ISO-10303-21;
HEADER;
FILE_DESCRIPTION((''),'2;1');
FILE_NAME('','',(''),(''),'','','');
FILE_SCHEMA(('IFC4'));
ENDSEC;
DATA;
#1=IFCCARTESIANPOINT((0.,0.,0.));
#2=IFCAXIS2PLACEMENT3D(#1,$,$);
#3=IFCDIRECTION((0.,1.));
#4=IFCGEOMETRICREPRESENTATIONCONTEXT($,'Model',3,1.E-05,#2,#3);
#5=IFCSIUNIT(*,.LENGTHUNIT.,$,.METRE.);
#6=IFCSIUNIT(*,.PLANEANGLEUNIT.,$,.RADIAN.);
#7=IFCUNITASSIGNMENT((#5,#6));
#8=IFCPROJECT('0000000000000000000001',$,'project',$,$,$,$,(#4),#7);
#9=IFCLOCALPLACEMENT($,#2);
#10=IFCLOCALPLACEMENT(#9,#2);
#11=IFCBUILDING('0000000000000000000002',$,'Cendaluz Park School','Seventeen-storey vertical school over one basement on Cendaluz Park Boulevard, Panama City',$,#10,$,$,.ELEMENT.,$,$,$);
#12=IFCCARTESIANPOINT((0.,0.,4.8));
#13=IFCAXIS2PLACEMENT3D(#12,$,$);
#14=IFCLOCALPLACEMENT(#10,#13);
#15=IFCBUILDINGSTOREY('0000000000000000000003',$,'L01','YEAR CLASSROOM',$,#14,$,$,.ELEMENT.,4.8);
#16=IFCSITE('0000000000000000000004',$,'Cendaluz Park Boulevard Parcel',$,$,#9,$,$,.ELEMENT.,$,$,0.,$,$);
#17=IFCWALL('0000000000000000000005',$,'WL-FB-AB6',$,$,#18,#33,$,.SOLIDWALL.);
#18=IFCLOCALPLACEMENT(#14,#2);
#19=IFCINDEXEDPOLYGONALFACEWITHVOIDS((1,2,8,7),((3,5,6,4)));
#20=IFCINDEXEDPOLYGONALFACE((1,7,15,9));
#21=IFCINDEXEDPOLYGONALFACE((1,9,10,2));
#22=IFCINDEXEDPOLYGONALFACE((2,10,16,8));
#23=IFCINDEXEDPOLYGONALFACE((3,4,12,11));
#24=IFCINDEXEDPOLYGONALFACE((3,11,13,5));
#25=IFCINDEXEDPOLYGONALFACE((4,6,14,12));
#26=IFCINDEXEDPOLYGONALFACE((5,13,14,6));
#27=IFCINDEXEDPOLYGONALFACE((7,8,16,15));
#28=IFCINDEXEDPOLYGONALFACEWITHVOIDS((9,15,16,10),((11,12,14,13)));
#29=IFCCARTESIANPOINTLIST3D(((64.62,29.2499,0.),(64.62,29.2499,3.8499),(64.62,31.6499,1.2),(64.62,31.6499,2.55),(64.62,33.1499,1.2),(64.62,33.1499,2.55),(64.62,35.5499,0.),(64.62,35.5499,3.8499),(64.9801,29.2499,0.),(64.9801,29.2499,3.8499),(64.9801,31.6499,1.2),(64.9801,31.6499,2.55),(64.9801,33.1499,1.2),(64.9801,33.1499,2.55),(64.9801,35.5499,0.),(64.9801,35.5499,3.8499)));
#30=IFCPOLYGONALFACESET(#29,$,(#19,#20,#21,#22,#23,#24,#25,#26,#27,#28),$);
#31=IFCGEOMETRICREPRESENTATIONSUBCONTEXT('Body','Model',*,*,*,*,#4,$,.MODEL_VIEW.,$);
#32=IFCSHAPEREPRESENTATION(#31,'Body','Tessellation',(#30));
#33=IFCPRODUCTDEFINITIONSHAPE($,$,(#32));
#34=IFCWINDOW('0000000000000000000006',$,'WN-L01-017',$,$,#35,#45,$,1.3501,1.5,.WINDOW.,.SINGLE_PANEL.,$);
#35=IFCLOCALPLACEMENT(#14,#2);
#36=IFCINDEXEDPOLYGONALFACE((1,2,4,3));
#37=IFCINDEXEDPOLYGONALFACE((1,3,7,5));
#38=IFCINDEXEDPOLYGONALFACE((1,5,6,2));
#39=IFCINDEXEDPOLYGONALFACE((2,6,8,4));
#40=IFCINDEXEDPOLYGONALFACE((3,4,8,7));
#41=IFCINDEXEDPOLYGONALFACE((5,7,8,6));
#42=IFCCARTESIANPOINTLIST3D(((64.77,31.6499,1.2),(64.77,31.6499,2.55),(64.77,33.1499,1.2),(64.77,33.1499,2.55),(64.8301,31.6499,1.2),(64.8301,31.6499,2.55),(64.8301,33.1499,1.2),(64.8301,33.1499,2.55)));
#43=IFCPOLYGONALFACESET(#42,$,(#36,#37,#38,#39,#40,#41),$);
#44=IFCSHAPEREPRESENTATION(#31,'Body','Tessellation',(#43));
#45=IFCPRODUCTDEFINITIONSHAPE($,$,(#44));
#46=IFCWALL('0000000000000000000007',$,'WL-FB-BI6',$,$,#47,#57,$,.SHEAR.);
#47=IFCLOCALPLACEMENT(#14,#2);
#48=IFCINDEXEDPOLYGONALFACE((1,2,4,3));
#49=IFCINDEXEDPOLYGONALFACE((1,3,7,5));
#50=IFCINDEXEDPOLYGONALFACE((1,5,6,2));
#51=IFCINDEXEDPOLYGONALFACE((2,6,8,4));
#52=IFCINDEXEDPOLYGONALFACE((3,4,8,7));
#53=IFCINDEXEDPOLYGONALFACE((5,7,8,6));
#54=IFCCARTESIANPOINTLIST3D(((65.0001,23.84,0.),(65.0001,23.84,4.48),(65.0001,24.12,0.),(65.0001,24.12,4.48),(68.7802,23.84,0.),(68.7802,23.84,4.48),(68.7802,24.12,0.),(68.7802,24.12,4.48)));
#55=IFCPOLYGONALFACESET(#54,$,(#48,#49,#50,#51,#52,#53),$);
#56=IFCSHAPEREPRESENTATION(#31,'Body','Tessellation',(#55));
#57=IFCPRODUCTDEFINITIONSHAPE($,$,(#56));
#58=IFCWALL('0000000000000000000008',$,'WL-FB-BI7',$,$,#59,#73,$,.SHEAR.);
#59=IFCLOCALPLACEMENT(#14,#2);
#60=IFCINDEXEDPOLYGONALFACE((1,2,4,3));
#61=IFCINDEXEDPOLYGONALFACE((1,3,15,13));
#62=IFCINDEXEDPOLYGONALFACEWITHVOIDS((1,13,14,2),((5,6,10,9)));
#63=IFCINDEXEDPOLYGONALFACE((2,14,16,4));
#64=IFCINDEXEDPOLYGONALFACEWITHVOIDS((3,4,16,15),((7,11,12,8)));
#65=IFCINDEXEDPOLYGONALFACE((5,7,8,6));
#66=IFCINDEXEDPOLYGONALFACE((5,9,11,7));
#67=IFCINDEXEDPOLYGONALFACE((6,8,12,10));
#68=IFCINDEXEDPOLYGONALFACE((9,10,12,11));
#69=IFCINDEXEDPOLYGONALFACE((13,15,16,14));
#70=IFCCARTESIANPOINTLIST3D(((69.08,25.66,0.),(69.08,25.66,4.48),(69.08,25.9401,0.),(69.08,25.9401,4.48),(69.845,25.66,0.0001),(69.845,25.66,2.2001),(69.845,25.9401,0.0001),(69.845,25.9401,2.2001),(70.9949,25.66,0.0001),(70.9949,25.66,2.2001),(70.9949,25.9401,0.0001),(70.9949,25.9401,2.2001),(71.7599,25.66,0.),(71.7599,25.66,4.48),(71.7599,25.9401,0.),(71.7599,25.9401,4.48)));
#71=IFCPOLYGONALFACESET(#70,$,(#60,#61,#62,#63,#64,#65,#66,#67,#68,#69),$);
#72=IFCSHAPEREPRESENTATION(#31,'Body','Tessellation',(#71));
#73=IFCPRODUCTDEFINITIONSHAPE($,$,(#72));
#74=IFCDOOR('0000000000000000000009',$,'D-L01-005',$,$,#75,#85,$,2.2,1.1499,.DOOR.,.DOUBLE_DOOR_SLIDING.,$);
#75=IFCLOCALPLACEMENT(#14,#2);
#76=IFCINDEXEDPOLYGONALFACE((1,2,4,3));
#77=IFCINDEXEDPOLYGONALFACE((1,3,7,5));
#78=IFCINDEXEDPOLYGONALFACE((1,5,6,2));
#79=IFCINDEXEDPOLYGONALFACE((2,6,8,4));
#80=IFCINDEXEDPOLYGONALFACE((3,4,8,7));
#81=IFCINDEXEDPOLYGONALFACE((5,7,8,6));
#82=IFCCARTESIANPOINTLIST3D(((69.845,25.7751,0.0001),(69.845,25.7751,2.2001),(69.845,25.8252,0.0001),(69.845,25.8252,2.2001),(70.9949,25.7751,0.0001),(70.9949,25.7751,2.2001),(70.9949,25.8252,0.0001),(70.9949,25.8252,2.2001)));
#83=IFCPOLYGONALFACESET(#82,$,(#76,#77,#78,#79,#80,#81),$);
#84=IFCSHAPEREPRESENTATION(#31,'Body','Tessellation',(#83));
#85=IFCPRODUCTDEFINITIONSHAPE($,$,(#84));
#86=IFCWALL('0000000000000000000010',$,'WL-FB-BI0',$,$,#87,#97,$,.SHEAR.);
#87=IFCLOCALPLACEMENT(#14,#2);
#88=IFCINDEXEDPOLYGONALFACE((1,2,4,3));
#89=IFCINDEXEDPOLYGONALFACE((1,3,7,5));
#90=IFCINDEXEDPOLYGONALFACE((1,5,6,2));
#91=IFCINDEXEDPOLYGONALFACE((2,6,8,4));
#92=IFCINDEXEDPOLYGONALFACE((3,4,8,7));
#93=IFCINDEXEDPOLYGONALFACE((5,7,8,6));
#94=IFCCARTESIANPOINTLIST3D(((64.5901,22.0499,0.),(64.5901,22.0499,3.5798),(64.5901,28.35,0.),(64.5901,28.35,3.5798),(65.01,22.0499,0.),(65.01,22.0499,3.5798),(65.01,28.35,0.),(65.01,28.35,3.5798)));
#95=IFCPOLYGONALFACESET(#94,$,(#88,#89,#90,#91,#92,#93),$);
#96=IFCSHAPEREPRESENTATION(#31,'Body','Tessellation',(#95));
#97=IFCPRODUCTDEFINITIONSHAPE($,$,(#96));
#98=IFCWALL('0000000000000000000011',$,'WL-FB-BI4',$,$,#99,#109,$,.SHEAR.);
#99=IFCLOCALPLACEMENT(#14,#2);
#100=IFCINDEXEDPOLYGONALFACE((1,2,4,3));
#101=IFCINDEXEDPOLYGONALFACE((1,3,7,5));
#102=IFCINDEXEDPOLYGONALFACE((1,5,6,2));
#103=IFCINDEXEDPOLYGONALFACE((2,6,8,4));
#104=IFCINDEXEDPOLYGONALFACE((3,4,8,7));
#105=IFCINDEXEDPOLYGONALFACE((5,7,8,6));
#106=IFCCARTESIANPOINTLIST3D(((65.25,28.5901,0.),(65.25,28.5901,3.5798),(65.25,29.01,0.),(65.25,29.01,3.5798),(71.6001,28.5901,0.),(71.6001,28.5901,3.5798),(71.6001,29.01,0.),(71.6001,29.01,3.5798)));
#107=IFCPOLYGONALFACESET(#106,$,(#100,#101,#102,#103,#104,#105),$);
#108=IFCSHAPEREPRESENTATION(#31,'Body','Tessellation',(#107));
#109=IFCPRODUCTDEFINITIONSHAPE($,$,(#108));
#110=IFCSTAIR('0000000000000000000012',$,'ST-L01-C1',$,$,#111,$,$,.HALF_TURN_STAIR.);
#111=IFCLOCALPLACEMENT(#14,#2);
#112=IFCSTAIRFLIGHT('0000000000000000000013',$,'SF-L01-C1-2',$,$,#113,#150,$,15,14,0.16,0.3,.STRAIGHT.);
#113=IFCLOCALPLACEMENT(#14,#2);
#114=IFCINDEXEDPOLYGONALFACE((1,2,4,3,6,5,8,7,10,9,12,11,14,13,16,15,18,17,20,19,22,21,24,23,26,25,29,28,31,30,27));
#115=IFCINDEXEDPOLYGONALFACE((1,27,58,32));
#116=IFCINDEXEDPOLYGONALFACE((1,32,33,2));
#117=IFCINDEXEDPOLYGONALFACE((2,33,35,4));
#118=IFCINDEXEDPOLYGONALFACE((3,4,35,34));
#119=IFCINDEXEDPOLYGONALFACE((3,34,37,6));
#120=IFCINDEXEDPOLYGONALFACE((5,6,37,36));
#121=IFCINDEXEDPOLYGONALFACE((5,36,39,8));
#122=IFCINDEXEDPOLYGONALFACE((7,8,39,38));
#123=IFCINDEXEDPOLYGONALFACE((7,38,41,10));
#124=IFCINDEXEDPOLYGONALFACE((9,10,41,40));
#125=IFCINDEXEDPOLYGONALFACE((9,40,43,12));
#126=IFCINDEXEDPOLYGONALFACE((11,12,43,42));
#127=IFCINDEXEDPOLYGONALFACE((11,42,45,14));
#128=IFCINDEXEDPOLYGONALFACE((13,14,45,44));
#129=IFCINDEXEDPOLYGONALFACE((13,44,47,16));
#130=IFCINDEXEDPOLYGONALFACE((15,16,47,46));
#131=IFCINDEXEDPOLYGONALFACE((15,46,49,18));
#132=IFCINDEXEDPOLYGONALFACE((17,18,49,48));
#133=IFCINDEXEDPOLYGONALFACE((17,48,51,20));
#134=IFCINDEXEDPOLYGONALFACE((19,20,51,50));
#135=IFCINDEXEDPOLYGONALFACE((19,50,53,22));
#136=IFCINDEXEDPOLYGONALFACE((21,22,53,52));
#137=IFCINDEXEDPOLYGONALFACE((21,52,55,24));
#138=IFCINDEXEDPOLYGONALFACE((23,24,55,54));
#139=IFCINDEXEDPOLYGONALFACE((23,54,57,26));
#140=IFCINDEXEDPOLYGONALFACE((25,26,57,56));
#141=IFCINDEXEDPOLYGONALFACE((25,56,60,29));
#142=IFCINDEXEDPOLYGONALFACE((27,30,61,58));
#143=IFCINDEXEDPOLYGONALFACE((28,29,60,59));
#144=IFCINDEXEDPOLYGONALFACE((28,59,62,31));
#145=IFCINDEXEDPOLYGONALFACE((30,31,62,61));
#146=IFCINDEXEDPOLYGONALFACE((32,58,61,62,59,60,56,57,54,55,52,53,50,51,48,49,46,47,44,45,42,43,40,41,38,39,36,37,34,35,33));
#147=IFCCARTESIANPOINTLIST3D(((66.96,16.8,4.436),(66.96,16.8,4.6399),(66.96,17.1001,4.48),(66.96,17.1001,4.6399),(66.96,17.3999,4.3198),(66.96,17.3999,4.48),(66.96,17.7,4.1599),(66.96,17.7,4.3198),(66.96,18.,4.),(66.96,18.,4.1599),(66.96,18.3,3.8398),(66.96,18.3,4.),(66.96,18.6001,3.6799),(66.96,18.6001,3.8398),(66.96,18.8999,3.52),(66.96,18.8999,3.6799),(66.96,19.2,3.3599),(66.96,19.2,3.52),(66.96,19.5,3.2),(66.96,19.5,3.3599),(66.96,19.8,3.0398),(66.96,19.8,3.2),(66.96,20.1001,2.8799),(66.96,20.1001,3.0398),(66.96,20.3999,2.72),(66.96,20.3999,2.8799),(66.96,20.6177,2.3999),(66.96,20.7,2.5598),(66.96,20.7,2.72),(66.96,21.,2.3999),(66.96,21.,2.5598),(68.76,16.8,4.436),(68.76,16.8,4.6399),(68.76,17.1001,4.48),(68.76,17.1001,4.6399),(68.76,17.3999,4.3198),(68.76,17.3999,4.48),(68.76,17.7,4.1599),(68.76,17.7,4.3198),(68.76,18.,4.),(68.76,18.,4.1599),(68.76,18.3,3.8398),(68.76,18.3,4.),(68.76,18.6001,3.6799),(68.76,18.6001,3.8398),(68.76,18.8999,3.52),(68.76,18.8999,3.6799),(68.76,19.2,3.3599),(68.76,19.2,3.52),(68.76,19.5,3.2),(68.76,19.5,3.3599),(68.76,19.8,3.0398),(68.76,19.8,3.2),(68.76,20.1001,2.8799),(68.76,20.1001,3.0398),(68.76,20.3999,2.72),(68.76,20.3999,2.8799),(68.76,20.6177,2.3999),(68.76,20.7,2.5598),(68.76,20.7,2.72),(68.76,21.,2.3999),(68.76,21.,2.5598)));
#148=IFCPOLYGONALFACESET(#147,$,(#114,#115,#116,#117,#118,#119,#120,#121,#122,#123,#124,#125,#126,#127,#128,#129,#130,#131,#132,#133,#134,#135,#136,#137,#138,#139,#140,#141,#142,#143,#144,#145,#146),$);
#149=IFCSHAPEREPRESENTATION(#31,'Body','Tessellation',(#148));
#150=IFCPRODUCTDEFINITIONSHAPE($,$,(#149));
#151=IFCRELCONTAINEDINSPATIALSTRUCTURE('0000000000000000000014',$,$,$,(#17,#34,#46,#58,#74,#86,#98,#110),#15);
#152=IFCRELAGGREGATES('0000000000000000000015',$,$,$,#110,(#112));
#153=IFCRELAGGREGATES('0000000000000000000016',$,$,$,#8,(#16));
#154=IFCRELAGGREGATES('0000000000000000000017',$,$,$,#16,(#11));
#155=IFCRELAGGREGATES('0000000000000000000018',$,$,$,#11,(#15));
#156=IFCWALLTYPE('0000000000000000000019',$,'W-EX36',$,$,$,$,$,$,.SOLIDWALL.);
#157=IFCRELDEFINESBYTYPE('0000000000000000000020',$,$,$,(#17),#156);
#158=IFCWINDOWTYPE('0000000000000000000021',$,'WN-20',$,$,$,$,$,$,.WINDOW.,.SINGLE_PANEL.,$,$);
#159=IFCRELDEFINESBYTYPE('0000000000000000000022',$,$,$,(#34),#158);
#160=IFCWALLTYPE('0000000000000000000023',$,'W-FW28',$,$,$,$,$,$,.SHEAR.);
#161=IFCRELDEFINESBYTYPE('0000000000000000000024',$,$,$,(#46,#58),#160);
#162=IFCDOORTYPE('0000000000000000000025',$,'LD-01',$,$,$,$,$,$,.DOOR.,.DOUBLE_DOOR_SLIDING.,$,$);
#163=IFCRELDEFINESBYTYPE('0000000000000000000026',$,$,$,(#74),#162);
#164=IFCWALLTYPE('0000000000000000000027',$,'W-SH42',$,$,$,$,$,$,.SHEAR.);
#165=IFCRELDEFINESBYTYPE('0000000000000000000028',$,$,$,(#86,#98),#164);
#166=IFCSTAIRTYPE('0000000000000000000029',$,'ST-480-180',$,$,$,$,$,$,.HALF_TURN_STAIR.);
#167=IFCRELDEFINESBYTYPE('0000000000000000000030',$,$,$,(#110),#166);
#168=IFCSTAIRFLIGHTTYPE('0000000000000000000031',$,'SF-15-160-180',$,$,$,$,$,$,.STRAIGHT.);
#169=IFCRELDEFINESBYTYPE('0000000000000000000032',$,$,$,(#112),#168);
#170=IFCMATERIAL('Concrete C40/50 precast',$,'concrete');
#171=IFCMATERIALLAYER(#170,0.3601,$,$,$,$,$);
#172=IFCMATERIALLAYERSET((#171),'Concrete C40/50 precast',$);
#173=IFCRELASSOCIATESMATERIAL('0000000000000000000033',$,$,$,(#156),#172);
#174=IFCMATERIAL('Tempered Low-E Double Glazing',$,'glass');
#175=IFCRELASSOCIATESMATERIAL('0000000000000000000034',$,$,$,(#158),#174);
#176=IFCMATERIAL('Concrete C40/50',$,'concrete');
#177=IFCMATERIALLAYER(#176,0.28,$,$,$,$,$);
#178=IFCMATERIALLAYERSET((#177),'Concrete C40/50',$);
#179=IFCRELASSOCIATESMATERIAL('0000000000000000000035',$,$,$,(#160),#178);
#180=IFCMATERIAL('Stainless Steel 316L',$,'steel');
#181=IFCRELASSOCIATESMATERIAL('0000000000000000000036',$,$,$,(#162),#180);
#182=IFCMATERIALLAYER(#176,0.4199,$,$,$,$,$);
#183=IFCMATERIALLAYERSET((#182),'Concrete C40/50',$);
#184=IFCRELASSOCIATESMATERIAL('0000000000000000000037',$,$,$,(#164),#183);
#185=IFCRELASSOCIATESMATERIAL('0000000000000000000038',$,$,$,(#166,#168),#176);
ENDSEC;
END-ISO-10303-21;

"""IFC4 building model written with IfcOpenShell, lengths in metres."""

from ifc_helpers import new_model, si_unit, direction, frame, frame_2d, origin, place, context, subcontext, project, spatial, polyline, rectangle, outline, extrude, material, layer, layer_set, type_object, element, fill, aggregate, save


model = new_model("IFC4")

# Units and contexts
model_context = context("Model", 3, precision=1e-05, world=origin(), true_north=direction((0.0, 1.0)))
body_context = subcontext(model_context, "Body", "Model", "MODEL_VIEW")
ifc_project = project(units=[si_unit("LENGTHUNIT", "METRE"), si_unit("PLANEANGLEUNIT", "RADIAN")], contexts=[model_context])

# Site, building, storey
site_placement = place(None, origin())
site = spatial("IfcSite", under=ifc_project, at=site_placement, Name="Cendaluz Park Boulevard Parcel", CompositionType="ELEMENT", RefElevation=0.0)
building_placement = place(site_placement, origin())
building = spatial("IfcBuilding", under=site, at=building_placement, Name="Cendaluz Park School", Description="Seventeen-storey vertical school over one basement on Cendaluz Park Boulevard, Panama City", CompositionType="ELEMENT")
storey_placement = place(building_placement, frame((0.0, 0.0, 4.8)))
storey = spatial("IfcBuildingStorey", under=building, at=storey_placement, Name="L01", Description="YEAR CLASSROOM", CompositionType="ELEMENT", Elevation=4.8)

# Shared definitions
ifc_material_1 = material(Name="Concrete C40/50", Category="concrete")

# Shared definitions
ifc_material_2 = material(Name="Tempered Low-E Double Glazing", Category="glass")

# Wall, opening, window
ifc_material_3 = material(Name="Concrete C40/50 precast", Category="concrete")
ifc_layer_1 = layer(ifc_material_3, 0.3601)
ifc_layer_set_1 = layer_set([ifc_layer_1], Name="Concrete C40/50 precast")
wall_type_1 = type_object("IfcWallType", Name="W-EX36", PredefinedType="SOLIDWALL", material=ifc_layer_set_1)
wall_1_placement = place(storey_placement, frame((64.8, 29.25, 0.0), z_axis=(0.0, 0.0, 1.0), x_axis=(0.0, 1.0, 0.0)))
wall_1 = element("IfcWall", 1, at=wall_1_placement, inside=storey, type_object=wall_type_1, Name="WL-FB-AB6", PredefinedType="SOLIDWALL", context=body_context, shape_type="SweptSolid", body=[
    extrude(rectangle(XDim=6.3, YDim=0.3601, at=frame_2d((3.1499, 0.0))), origin(), (0.0, 0.0, 1.0), 3.8499),
])
opening_1_placement = place(wall_1_placement, frame((2.3999, 0.0, 1.2)))
opening_1 = element("IfcOpeningElement", 2, at=opening_1_placement, cuts=wall_1, PredefinedType="OPENING", context=body_context, shape_type="SweptSolid", body=[
    extrude(rectangle(XDim=1.5, YDim=1.3501, at=frame_2d((0.75, 0.675))), frame((0.0, 0.1921, 0.0), z_axis=(0.0, -1.0, 0.0), x_axis=(1.0, 0.0, 0.0)), (0.0, 0.0, 1.0), 0.384),
])
window_type = type_object("IfcWindowType", Name="WN-20", PartitioningType="SINGLE_PANEL", PredefinedType="WINDOW", material=ifc_material_2)
window_placement = place(opening_1_placement, origin())
window = element("IfcWindow", 3, at=window_placement, inside=storey, type_object=window_type, Name="WN-L01-017", OverallHeight=1.3501, OverallWidth=1.5, PartitioningType="SINGLE_PANEL", PredefinedType="WINDOW", context=body_context, shape_type="SweptSolid", body=[
    extrude(rectangle(XDim=1.5, YDim=1.3501, at=frame_2d((0.75, 0.675))), frame((0.0, 0.03, 0.0), z_axis=(0.0, -1.0, 0.0), x_axis=(1.0, 0.0, 0.0)), (0.0, 0.0, 1.0), 0.0601),
])
fill(opening_1, window)

# Wall
ifc_layer_2 = layer(ifc_material_1, 0.28)
ifc_layer_set_2 = layer_set([ifc_layer_2], Name="Concrete C40/50")
wall_type_2 = type_object("IfcWallType", Name="W-FW28", PredefinedType="SHEAR", material=ifc_layer_set_2)
wall_2_placement = place(storey_placement, frame((65.0, 23.98, 0.0), z_axis=(0.0, 0.0, 1.0), x_axis=(1.0, 0.0, 0.0)))
element("IfcWall", 4, at=wall_2_placement, inside=storey, type_object=wall_type_2, Name="WL-FB-BI6", PredefinedType="SHEAR", context=body_context, shape_type="SweptSolid", body=[
    extrude(rectangle(XDim=3.78, YDim=0.28, at=frame_2d((1.8901, 0.0))), origin(), (0.0, 0.0, 1.0), 4.48),
])

# Wall, opening, door
wall_3_placement = place(storey_placement, frame((69.0801, 25.8, 0.0), z_axis=(0.0, 0.0, 1.0), x_axis=(1.0, 0.0, 0.0)))
wall_3 = element("IfcWall", 5, at=wall_3_placement, inside=storey, type_object=wall_type_2, Name="WL-FB-BI7", PredefinedType="SHEAR", context=body_context, shape_type="SweptSolid", body=[
    extrude(rectangle(XDim=2.6799, YDim=0.28, at=frame_2d((1.3398, 0.0))), origin(), (0.0, 0.0, 1.0), 4.48),
])
opening_2_placement = place(wall_3_placement, frame((0.7649, 0.0, 0.0)))
opening_2 = element("IfcOpeningElement", 6, at=opening_2_placement, cuts=wall_3, PredefinedType="OPENING", context=body_context, shape_type="SweptSolid", body=[
    extrude(rectangle(XDim=1.1499, YDim=2.2, at=frame_2d((0.575, 1.1001))), frame((0.0, 0.1521, 0.0), z_axis=(0.0, -1.0, 0.0), x_axis=(1.0, 0.0, 0.0)), (0.0, 0.0, 1.0), 0.304),
])
ifc_material_4 = material(Name="Stainless Steel 316L", Category="steel")
door_type = type_object("IfcDoorType", Name="LD-01", OperationType="DOUBLE_DOOR_SLIDING", PredefinedType="DOOR", material=ifc_material_4)
door_placement = place(opening_2_placement, frame((1.1499, 0.0, 0.0), z_axis=(0.0, 0.0, 1.0), x_axis=(-1.0, 0.0, 0.0)))
door = element("IfcDoor", 7, at=door_placement, inside=storey, type_object=door_type, Name="D-L01-005", OperationType="DOUBLE_DOOR_SLIDING", OverallHeight=2.2, OverallWidth=1.1499, PredefinedType="DOOR", context=body_context, shape_type="SweptSolid", body=[
    extrude(rectangle(XDim=1.1499, YDim=2.2, at=frame_2d((0.575, 1.1001))), frame((0.0, 0.0249, 0.0), z_axis=(0.0, -1.0, 0.0), x_axis=(1.0, 0.0, 0.0)), (0.0, 0.0, 1.0), 0.05),
])
fill(opening_2, door)

# Walls
ifc_layer_3 = layer(ifc_material_1, 0.4199)
ifc_layer_set_3 = layer_set([ifc_layer_3], Name="Concrete C40/50")
wall_type_3 = type_object("IfcWallType", Name="W-SH42", PredefinedType="SHEAR", material=ifc_layer_set_3)
wall_4_placement = place(storey_placement, frame((64.8, 22.05, 0.0), z_axis=(0.0, 0.0, 1.0), x_axis=(0.0, 1.0, 0.0)))
element("IfcWall", 8, at=wall_4_placement, inside=storey, type_object=wall_type_3, Name="WL-FB-BI0", PredefinedType="SHEAR", context=body_context, shape_type="SweptSolid", body=[
    extrude(rectangle(XDim=6.3, YDim=0.4199, at=frame_2d((3.1499, 0.0))), origin(), (0.0, 0.0, 1.0), 3.5798),
])
wall_5_placement = place(storey_placement, frame((65.25, 28.8, 0.0), z_axis=(0.0, 0.0, 1.0), x_axis=(1.0, 0.0, 0.0)))
element("IfcWall", 9, at=wall_5_placement, inside=storey, type_object=wall_type_3, Name="WL-FB-BI4", PredefinedType="SHEAR", context=body_context, shape_type="SweptSolid", body=[
    extrude(rectangle(XDim=6.3501, YDim=0.4199, at=frame_2d((3.175, 0.0))), origin(), (0.0, 0.0, 1.0), 3.5798),
])

# Stair, stair flight
stair_type = type_object("IfcStairType", Name="ST-480-180", PredefinedType="HALF_TURN_STAIR", material=ifc_material_1)
stair_placement = place(storey_placement, origin())
stair = element("IfcStair", 10, at=stair_placement, inside=storey, type_object=stair_type, Name="ST-L01-C1", PredefinedType="HALF_TURN_STAIR")
stair_flight_type = type_object("IfcStairFlightType", Name="SF-15-160-180", PredefinedType="STRAIGHT", material=ifc_material_1)
stair_flight_placement = place(storey_placement, frame((67.8601, 21.0, 2.3999), z_axis=(0.0, 0.0, 1.0), x_axis=(0.0, -1.0, 0.0)))
stair_flight = element("IfcStairFlight", 11, at=stair_flight_placement, type_object=stair_flight_type, Name="SF-L01-C1-2", NumberOfRisers=15, NumberOfTreads=14, PredefinedType="STRAIGHT", RiserHeight=0.16, TreadLength=0.3, context=body_context, shape_type="SweptSolid", body=[
    extrude(outline(polyline([(0.0, 0.0), (0.0, 0.1599), (0.3, 0.1599), (0.3, 0.3201), (0.6001, 0.3201), (0.6001, 0.48), (0.8999, 0.48), (0.8999, 0.6399), (1.2, 0.6399), (1.2, 0.8), (1.5, 0.8), (1.5, 0.96), (1.8, 0.96), (1.8, 1.1201), (2.1001, 1.1201), (2.1001, 1.28), (2.3999, 1.28), (2.3999, 1.4399), (2.7, 1.4399), (2.7, 1.6001), (3.0, 1.6001), (3.0, 1.76), (3.3, 1.76), (3.3, 1.9199), (3.6001, 1.9199), (3.6001, 2.0801), (3.8999, 2.0801), (3.8999, 2.24), (4.2, 2.24), (4.2, 2.3999), (4.2, 2.0361), (0.3823, 0.0), (0.0, 0.0)])), frame((0.0, 0.8999, 0.0), z_axis=(0.0, -1.0, 0.0), x_axis=(1.0, 0.0, 0.0)), (0.0, 0.0, 1.0), 1.8),
])
aggregate(stair, [stair_flight])

save(model, "model.ifc")
